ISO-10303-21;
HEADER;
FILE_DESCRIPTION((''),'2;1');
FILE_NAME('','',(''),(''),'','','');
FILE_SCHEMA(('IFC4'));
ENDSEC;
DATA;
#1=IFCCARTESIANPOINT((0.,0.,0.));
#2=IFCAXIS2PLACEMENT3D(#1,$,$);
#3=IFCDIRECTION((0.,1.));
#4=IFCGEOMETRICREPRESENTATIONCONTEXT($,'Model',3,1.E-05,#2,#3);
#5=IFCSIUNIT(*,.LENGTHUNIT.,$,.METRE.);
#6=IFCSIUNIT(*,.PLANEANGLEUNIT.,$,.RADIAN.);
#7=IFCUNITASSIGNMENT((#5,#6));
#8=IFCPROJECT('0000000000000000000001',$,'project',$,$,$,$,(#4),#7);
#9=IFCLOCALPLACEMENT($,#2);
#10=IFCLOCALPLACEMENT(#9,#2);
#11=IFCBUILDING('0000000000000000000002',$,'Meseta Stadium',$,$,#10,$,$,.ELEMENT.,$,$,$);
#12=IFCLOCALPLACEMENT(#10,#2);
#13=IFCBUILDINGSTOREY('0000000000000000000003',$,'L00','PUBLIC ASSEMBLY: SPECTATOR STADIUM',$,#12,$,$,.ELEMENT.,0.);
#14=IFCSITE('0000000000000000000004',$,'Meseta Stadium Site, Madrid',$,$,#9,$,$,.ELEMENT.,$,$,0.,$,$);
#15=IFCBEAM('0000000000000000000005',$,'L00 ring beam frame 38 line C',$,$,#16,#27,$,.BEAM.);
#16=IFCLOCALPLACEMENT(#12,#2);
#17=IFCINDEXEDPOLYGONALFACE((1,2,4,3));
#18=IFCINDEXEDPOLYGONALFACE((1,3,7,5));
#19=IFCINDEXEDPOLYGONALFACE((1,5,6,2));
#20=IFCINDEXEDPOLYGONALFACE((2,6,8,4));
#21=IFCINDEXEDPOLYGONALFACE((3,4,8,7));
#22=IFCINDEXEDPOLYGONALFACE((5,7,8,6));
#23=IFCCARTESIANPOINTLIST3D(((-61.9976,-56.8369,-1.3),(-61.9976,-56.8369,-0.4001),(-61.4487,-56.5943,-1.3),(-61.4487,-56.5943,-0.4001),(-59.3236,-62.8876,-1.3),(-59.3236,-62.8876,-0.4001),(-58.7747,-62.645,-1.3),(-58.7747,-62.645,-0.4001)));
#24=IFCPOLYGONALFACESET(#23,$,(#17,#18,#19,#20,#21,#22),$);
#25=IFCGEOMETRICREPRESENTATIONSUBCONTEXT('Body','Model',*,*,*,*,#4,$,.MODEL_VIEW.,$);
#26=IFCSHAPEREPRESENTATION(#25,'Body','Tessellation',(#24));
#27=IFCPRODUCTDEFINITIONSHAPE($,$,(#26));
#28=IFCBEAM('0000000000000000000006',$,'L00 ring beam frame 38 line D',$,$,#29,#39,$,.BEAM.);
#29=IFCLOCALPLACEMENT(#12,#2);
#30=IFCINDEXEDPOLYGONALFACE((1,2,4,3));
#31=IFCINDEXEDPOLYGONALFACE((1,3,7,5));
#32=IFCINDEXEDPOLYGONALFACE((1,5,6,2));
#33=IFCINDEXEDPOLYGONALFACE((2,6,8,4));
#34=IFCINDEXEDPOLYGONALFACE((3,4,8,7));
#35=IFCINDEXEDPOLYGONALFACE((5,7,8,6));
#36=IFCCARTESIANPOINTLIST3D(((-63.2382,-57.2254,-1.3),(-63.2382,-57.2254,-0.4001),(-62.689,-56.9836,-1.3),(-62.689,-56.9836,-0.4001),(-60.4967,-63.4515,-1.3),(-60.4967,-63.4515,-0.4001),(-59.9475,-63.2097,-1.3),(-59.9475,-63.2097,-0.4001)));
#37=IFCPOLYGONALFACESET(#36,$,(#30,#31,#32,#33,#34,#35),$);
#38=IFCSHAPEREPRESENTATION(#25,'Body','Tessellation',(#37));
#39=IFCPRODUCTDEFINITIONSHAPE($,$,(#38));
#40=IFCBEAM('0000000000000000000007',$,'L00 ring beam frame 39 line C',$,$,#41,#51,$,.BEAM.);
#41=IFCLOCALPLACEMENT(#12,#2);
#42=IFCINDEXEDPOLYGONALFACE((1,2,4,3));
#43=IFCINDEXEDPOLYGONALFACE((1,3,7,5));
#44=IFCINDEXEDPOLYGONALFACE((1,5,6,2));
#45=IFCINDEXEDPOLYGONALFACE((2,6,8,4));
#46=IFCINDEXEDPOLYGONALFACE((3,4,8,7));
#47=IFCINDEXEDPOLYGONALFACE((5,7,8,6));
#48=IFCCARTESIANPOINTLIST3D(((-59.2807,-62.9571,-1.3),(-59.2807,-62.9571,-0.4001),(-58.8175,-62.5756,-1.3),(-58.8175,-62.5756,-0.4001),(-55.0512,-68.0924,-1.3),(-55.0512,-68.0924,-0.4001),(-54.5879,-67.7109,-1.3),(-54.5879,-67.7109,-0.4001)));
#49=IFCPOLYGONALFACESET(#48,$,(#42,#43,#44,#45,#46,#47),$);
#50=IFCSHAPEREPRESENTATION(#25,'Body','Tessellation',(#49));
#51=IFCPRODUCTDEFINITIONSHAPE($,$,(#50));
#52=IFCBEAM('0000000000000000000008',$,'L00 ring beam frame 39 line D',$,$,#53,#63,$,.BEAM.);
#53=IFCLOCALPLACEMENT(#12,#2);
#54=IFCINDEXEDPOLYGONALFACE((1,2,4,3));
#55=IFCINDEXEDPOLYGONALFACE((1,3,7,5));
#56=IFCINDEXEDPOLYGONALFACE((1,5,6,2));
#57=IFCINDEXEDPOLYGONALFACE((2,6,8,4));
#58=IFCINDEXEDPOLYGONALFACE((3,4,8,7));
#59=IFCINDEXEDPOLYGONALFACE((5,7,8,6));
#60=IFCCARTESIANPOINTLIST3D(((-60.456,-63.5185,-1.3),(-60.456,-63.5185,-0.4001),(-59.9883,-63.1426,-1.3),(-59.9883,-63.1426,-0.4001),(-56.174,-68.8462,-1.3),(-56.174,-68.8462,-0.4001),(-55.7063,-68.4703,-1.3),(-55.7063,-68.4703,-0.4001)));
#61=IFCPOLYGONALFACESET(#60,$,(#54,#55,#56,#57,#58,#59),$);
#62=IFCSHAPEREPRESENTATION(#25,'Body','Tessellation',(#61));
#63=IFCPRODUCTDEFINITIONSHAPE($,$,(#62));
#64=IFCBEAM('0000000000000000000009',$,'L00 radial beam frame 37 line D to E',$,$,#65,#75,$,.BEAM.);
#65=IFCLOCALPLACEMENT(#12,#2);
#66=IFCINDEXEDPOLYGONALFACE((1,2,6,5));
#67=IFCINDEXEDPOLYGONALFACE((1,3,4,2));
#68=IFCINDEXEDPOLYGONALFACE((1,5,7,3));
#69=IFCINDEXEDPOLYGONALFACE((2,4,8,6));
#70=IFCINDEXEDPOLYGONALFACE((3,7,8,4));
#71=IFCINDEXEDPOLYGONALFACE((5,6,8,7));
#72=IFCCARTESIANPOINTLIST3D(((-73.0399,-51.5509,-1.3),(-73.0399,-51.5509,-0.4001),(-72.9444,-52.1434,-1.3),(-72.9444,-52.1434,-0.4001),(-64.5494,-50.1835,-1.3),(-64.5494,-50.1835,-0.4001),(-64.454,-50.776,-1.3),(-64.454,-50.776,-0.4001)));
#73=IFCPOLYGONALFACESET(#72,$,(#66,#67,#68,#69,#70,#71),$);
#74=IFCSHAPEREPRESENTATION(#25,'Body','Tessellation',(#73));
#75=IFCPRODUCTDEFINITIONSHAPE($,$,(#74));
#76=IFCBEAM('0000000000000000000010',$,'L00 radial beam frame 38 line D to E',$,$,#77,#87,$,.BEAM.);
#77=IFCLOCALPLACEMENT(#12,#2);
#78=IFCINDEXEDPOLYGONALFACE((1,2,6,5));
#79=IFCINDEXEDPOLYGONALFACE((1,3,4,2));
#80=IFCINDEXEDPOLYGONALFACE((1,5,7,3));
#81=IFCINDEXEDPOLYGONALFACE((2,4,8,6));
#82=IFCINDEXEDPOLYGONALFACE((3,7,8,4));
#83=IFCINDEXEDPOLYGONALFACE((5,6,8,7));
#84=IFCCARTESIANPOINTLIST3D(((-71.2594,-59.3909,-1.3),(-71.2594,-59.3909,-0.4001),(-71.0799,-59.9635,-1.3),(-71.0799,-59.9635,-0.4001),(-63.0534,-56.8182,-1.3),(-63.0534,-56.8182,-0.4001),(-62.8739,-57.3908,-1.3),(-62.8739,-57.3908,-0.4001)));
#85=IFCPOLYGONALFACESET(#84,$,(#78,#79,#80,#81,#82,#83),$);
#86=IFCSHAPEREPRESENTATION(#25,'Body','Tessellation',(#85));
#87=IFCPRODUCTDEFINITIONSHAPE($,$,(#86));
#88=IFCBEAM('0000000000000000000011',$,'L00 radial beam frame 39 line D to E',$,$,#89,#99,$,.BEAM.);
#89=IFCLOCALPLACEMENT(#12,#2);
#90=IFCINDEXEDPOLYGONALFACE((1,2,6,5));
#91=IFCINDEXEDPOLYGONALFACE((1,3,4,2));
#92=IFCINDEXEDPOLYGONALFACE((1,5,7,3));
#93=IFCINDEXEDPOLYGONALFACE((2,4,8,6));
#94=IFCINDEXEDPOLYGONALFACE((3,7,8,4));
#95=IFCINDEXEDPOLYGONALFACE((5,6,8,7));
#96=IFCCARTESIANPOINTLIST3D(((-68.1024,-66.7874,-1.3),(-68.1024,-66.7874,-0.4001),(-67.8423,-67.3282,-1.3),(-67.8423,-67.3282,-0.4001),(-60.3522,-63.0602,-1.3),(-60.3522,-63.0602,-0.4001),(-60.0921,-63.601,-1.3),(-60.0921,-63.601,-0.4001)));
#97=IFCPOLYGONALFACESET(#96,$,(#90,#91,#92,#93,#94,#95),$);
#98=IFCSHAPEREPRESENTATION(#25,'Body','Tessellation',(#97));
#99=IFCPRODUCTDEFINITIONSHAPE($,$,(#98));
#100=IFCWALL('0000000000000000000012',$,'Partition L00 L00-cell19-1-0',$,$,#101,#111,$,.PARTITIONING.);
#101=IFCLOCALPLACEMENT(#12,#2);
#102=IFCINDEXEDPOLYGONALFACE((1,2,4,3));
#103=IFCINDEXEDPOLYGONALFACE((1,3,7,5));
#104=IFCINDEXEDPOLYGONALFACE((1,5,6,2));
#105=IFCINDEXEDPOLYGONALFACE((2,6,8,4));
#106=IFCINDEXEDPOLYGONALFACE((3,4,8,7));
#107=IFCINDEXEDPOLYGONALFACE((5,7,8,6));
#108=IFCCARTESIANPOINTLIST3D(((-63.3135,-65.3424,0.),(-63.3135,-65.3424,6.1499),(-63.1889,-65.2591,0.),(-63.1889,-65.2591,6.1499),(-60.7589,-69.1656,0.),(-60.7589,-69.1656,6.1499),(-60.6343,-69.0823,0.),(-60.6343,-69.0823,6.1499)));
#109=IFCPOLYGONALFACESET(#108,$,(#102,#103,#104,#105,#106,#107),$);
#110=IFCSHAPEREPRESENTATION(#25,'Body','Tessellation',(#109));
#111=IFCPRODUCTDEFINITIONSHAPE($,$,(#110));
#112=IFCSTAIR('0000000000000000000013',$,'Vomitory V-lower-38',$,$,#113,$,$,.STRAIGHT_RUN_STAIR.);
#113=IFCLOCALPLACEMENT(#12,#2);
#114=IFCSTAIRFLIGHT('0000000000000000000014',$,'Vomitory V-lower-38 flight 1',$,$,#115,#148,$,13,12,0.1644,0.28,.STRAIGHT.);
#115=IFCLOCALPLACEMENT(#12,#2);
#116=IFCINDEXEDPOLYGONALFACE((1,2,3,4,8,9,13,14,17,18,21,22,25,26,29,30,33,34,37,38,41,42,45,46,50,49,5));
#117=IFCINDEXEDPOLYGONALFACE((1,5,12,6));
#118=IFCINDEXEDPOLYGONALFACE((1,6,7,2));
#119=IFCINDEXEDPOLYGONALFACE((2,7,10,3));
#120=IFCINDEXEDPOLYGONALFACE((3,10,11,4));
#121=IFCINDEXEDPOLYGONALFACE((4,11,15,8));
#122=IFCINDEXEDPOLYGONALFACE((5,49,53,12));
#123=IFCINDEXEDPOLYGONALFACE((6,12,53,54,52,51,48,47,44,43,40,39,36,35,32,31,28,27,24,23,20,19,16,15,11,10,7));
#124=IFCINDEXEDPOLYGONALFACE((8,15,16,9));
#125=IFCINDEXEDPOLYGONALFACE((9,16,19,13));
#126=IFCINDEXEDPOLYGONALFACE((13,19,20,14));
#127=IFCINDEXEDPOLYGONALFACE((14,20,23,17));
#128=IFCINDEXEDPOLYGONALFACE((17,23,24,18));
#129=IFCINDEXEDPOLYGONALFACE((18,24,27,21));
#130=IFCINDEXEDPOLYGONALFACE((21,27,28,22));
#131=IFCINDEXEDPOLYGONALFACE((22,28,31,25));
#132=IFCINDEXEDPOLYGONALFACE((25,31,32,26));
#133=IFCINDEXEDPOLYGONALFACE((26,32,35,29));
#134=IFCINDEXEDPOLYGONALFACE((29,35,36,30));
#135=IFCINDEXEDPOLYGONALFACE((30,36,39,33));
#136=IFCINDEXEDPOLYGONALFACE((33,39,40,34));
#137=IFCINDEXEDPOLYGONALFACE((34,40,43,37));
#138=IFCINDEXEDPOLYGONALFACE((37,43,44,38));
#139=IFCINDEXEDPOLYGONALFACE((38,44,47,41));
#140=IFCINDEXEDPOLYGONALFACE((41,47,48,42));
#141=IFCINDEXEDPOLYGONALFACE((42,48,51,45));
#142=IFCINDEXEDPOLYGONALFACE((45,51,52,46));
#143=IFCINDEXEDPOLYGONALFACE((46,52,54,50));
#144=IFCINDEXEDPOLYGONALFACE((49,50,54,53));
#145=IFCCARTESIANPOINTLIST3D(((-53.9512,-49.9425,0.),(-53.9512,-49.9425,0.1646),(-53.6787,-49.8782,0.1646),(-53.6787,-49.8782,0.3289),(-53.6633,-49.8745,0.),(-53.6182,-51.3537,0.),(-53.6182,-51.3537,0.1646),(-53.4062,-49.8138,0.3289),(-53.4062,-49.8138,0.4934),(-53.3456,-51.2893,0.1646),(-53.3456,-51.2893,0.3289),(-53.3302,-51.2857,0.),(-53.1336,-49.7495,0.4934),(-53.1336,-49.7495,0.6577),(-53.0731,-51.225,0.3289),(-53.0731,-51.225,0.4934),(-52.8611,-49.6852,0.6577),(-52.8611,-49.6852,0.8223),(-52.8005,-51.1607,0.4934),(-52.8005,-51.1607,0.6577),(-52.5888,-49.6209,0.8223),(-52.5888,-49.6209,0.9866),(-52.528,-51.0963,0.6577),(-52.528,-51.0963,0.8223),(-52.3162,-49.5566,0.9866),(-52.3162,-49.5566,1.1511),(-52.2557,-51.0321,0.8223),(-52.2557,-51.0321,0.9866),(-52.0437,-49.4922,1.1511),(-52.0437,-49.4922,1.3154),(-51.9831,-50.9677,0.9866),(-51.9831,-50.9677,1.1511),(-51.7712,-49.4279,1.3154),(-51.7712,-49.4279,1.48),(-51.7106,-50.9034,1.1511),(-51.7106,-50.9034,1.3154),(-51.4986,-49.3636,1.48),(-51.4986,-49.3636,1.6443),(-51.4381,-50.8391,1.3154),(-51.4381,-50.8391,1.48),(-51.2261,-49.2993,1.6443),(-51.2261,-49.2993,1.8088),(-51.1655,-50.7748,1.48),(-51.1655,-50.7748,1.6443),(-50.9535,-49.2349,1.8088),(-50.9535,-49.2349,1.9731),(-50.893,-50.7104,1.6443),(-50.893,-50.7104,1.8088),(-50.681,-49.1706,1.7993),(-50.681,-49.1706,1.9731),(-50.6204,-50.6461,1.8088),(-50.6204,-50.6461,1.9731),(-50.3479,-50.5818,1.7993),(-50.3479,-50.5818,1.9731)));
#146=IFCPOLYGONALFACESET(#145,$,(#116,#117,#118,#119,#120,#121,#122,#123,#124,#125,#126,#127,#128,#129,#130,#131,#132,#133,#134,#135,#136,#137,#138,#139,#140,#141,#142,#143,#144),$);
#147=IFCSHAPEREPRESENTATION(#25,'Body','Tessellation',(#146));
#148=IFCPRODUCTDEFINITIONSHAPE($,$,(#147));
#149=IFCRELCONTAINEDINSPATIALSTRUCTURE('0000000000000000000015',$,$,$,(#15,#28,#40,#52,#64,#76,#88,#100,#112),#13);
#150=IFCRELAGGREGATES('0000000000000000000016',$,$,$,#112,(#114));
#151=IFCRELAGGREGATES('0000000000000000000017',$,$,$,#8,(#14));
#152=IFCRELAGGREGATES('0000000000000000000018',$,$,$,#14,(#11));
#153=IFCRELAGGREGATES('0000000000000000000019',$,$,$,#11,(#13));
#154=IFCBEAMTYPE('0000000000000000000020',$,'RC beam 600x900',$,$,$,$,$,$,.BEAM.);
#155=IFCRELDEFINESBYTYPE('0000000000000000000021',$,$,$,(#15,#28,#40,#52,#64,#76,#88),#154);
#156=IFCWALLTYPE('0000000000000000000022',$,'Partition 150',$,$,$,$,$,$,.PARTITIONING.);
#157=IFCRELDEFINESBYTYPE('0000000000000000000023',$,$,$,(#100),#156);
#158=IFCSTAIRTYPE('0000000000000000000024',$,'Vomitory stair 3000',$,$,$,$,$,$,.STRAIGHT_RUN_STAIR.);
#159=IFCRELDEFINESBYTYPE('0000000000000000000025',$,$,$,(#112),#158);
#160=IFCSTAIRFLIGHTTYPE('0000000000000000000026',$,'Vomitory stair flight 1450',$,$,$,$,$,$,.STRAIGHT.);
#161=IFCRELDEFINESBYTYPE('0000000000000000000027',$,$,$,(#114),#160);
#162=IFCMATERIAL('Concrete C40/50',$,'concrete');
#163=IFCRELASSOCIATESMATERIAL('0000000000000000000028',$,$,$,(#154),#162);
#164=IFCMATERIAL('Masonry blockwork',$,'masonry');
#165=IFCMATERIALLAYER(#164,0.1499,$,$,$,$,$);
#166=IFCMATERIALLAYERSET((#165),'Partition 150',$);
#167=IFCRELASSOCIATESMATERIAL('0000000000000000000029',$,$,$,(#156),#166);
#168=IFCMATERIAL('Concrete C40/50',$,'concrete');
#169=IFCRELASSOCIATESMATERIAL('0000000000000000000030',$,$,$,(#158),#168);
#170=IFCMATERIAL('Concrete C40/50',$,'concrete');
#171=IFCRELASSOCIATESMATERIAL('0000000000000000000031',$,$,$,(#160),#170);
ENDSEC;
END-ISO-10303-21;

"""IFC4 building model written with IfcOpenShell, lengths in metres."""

from ifc_helpers import new_model, si_unit, direction, frame, frame_2d, origin, origin_2d, place, context, subcontext, project, spatial, polyline, rectangle, outline, extrude, material, layer, layer_set, material_profile, profile_set, type_object, element, aggregate, save


model = new_model("IFC4")

# Units and contexts
model_context = context("Model", 3, precision=1e-05, world=origin(), true_north=direction((0.0, 1.0)))
body_context = subcontext(model_context, "Body", "Model", "MODEL_VIEW")
ifc_project = project(units=[si_unit("LENGTHUNIT", "METRE"), si_unit("PLANEANGLEUNIT", "RADIAN")], contexts=[model_context])

# Site, building, storey
site_placement = place(None, origin())
site = spatial("IfcSite", under=ifc_project, at=site_placement, Name="Meseta Stadium Site, Madrid", CompositionType="ELEMENT", RefElevation=0.0)
building_placement = place(site_placement, origin())
building = spatial("IfcBuilding", under=site, at=building_placement, Name="Meseta Stadium", CompositionType="ELEMENT")
storey_placement = place(building_placement, origin())
storey = spatial("IfcBuildingStorey", under=building, at=storey_placement, Name="L00", Description="PUBLIC ASSEMBLY: SPECTATOR STADIUM", CompositionType="ELEMENT", Elevation=0.0)

# Beams
ifc_material_1 = material(Name="Concrete C40/50", Category="concrete")
ifc_material_profile_1 = material_profile(ifc_material_1, rectangle(XDim=0.6001, YDim=0.8999, at=origin_2d()), Name="RC 600x900")
ifc_profile_set_1 = profile_set([ifc_material_profile_1], Name="Concrete C40/50")
beam_type_1 = type_object("IfcBeamType", Name="RC beam 600x900", PredefinedType="BEAM", material=ifc_profile_set_1)
beam_1_placement = place(storey_placement, frame((-61.7231, -56.7156, -0.8501), z_axis=(0.404223, -0.91466, 0.0), x_axis=(0.91466, 0.404223, 0.0)))
element("IfcBeam", 1, at=beam_1_placement, inside=storey, type_object=beam_type_1, Name="L00 ring beam frame 38 line C", PredefinedType="BEAM", context=body_context, shape_type="SweptSolid", body=[
    extrude(rectangle(XDim=0.6001, YDim=0.8999, at=origin_2d()), origin(), (0.0, 0.0, 1.0), 6.6152),
])
beam_2_placement = place(storey_placement, frame((-62.9636, -57.1045, -0.8501), z_axis=(0.402983, -0.915208, 0.0), x_axis=(0.915208, 0.402983, 0.0)))
element("IfcBeam", 2, at=beam_2_placement, inside=storey, type_object=beam_type_1, Name="L00 ring beam frame 38 line D", PredefinedType="BEAM", context=body_context, shape_type="SweptSolid", body=[
    extrude(rectangle(XDim=0.6001, YDim=0.8999, at=origin_2d()), origin(), (0.0, 0.0, 1.0), 6.803),
])
beam_3_placement = place(storey_placement, frame((-59.0491, -62.7664, -0.8501), z_axis=(0.635748, -0.771896, 0.0), x_axis=(0.771896, 0.635748, 0.0)))
element("IfcBeam", 3, at=beam_3_placement, inside=storey, type_object=beam_type_1, Name="L00 ring beam frame 39 line C", PredefinedType="BEAM", context=body_context, shape_type="SweptSolid", body=[
    extrude(rectangle(XDim=0.6001, YDim=0.8999, at=origin_2d()), origin(), (0.0, 0.0, 1.0), 6.6528),
])
beam_4_placement = place(storey_placement, frame((-60.2222, -63.3306, -0.8501), z_axis=(0.626466, -0.779449, 0.0), x_axis=(0.779449, 0.626466, 0.0)))
element("IfcBeam", 4, at=beam_4_placement, inside=storey, type_object=beam_type_1, Name="L00 ring beam frame 39 line D", PredefinedType="BEAM", context=body_context, shape_type="SweptSolid", body=[
    extrude(rectangle(XDim=0.6001, YDim=0.8999, at=origin_2d()), origin(), (0.0, 0.0, 1.0), 6.8352),
])
for number, where, z_axis, x_axis, name in (
    (5, (-64.5017, -50.4797, -0.8501), (-0.987278, -0.159006, 0.0), (0.159006, -0.987278, 0.0), "L00 radial beam frame 37 line D to E"),
    (6, (-62.9636, -57.1045, -0.8501), (-0.954203, -0.299161, 0.0), (0.299161, -0.954203, 0.0), "L00 radial beam frame 38 line D to E"),
    (7, (-60.2222, -63.3306, -0.8501), (-0.901197, -0.433409, 0.0), (0.433409, -0.901197, 0.0), "L00 radial beam frame 39 line D to E"),
):
    element("IfcBeam", number, at=place(storey_placement, frame(where, z_axis=z_axis, x_axis=x_axis)), inside=storey, type_object=beam_type_1, Name=name, PredefinedType="BEAM", context=body_context, shape_type="SweptSolid", body=[
        extrude(rectangle(XDim=0.6001, YDim=0.8999, at=origin_2d()), origin(), (0.0, 0.0, 1.0), 8.5999),
    ])

# Wall
ifc_material_2 = material(Name="Masonry blockwork", Category="masonry")
ifc_layer = layer(ifc_material_2, 0.1499)
ifc_layer_set = layer_set([ifc_layer], Name="Partition 150")
wall_type = type_object("IfcWallType", Name="Partition 150", PredefinedType="PARTITIONING", material=ifc_layer_set)
wall_placement = place(storey_placement, frame((-63.2512, -65.3008, 0.0), z_axis=(0.0, 0.0, 1.0), x_axis=(0.555582, -0.831462, 0.0)))
element("IfcWall", 8, at=wall_placement, inside=storey, type_object=wall_type, Name="Partition L00 L00-cell19-1-0", PredefinedType="PARTITIONING", context=body_context, shape_type="SweptSolid", body=[
    extrude(rectangle(XDim=4.5981, YDim=0.1499, at=frame_2d((2.2991, 0.0))), origin(), (0.0, 0.0, 1.0), 6.1499),
])

# Stair, stair flight
ifc_material_3 = material(Name="Concrete C40/50", Category="concrete")
stair_type = type_object("IfcStairType", Name="Vomitory stair 3000", PredefinedType="STRAIGHT_RUN_STAIR", material=ifc_material_3)
stair_placement = place(storey_placement, origin())
stair = element("IfcStair", 9, at=stair_placement, inside=storey, type_object=stair_type, Name="Vomitory V-lower-38", PredefinedType="STRAIGHT_RUN_STAIR")
ifc_material_4 = material(Name="Concrete C40/50", Category="concrete")
stair_flight_type = type_object("IfcStairFlightType", Name="Vomitory stair flight 1450", PredefinedType="STRAIGHT", material=ifc_material_4)
stair_flight_placement = place(storey_placement, frame((-53.7847, -50.6482, 0.0), z_axis=(0.0, 0.0, 1.0), x_axis=(0.973256, 0.229722, 0.0)))
stair_flight = element("IfcStairFlight", 10, at=stair_flight_placement, type_object=stair_flight_type, Name="Vomitory V-lower-38 flight 1", NumberOfRisers=13, NumberOfTreads=12, PredefinedType="STRAIGHT", RiserHeight=0.1644, TreadLength=0.28, context=body_context, shape_type="SweptSolid", body=[
    extrude(outline(polyline([(0.0, 0.0), (0.0, 0.1646), (0.28, 0.1646), (0.28, 0.3289), (0.5601, 0.3289), (0.5601, 0.4934), (0.8401, 0.4934), (0.8401, 0.6577), (1.1201, 0.6577), (1.1201, 0.8223), (1.3999, 0.8223), (1.3999, 0.9866), (1.6799, 0.9866), (1.6799, 1.1511), (1.96, 1.1511), (1.96, 1.3154), (2.24, 1.3154), (2.24, 1.48), (2.52, 1.48), (2.52, 1.6443), (2.8, 1.6443), (2.8, 1.8088), (3.0801, 1.8088), (3.0801, 1.9731), (3.3601, 1.9731), (3.3601, 1.7993), (0.2959, 0.0), (0.0, 0.0)])), frame((0.0, 0.7251, 0.0), z_axis=(0.0, -1.0, 0.0), x_axis=(1.0, 0.0, 0.0)), (0.0, 0.0, 1.0), 1.45),
])
aggregate(stair, [stair_flight])

save(model, "model.ifc")
